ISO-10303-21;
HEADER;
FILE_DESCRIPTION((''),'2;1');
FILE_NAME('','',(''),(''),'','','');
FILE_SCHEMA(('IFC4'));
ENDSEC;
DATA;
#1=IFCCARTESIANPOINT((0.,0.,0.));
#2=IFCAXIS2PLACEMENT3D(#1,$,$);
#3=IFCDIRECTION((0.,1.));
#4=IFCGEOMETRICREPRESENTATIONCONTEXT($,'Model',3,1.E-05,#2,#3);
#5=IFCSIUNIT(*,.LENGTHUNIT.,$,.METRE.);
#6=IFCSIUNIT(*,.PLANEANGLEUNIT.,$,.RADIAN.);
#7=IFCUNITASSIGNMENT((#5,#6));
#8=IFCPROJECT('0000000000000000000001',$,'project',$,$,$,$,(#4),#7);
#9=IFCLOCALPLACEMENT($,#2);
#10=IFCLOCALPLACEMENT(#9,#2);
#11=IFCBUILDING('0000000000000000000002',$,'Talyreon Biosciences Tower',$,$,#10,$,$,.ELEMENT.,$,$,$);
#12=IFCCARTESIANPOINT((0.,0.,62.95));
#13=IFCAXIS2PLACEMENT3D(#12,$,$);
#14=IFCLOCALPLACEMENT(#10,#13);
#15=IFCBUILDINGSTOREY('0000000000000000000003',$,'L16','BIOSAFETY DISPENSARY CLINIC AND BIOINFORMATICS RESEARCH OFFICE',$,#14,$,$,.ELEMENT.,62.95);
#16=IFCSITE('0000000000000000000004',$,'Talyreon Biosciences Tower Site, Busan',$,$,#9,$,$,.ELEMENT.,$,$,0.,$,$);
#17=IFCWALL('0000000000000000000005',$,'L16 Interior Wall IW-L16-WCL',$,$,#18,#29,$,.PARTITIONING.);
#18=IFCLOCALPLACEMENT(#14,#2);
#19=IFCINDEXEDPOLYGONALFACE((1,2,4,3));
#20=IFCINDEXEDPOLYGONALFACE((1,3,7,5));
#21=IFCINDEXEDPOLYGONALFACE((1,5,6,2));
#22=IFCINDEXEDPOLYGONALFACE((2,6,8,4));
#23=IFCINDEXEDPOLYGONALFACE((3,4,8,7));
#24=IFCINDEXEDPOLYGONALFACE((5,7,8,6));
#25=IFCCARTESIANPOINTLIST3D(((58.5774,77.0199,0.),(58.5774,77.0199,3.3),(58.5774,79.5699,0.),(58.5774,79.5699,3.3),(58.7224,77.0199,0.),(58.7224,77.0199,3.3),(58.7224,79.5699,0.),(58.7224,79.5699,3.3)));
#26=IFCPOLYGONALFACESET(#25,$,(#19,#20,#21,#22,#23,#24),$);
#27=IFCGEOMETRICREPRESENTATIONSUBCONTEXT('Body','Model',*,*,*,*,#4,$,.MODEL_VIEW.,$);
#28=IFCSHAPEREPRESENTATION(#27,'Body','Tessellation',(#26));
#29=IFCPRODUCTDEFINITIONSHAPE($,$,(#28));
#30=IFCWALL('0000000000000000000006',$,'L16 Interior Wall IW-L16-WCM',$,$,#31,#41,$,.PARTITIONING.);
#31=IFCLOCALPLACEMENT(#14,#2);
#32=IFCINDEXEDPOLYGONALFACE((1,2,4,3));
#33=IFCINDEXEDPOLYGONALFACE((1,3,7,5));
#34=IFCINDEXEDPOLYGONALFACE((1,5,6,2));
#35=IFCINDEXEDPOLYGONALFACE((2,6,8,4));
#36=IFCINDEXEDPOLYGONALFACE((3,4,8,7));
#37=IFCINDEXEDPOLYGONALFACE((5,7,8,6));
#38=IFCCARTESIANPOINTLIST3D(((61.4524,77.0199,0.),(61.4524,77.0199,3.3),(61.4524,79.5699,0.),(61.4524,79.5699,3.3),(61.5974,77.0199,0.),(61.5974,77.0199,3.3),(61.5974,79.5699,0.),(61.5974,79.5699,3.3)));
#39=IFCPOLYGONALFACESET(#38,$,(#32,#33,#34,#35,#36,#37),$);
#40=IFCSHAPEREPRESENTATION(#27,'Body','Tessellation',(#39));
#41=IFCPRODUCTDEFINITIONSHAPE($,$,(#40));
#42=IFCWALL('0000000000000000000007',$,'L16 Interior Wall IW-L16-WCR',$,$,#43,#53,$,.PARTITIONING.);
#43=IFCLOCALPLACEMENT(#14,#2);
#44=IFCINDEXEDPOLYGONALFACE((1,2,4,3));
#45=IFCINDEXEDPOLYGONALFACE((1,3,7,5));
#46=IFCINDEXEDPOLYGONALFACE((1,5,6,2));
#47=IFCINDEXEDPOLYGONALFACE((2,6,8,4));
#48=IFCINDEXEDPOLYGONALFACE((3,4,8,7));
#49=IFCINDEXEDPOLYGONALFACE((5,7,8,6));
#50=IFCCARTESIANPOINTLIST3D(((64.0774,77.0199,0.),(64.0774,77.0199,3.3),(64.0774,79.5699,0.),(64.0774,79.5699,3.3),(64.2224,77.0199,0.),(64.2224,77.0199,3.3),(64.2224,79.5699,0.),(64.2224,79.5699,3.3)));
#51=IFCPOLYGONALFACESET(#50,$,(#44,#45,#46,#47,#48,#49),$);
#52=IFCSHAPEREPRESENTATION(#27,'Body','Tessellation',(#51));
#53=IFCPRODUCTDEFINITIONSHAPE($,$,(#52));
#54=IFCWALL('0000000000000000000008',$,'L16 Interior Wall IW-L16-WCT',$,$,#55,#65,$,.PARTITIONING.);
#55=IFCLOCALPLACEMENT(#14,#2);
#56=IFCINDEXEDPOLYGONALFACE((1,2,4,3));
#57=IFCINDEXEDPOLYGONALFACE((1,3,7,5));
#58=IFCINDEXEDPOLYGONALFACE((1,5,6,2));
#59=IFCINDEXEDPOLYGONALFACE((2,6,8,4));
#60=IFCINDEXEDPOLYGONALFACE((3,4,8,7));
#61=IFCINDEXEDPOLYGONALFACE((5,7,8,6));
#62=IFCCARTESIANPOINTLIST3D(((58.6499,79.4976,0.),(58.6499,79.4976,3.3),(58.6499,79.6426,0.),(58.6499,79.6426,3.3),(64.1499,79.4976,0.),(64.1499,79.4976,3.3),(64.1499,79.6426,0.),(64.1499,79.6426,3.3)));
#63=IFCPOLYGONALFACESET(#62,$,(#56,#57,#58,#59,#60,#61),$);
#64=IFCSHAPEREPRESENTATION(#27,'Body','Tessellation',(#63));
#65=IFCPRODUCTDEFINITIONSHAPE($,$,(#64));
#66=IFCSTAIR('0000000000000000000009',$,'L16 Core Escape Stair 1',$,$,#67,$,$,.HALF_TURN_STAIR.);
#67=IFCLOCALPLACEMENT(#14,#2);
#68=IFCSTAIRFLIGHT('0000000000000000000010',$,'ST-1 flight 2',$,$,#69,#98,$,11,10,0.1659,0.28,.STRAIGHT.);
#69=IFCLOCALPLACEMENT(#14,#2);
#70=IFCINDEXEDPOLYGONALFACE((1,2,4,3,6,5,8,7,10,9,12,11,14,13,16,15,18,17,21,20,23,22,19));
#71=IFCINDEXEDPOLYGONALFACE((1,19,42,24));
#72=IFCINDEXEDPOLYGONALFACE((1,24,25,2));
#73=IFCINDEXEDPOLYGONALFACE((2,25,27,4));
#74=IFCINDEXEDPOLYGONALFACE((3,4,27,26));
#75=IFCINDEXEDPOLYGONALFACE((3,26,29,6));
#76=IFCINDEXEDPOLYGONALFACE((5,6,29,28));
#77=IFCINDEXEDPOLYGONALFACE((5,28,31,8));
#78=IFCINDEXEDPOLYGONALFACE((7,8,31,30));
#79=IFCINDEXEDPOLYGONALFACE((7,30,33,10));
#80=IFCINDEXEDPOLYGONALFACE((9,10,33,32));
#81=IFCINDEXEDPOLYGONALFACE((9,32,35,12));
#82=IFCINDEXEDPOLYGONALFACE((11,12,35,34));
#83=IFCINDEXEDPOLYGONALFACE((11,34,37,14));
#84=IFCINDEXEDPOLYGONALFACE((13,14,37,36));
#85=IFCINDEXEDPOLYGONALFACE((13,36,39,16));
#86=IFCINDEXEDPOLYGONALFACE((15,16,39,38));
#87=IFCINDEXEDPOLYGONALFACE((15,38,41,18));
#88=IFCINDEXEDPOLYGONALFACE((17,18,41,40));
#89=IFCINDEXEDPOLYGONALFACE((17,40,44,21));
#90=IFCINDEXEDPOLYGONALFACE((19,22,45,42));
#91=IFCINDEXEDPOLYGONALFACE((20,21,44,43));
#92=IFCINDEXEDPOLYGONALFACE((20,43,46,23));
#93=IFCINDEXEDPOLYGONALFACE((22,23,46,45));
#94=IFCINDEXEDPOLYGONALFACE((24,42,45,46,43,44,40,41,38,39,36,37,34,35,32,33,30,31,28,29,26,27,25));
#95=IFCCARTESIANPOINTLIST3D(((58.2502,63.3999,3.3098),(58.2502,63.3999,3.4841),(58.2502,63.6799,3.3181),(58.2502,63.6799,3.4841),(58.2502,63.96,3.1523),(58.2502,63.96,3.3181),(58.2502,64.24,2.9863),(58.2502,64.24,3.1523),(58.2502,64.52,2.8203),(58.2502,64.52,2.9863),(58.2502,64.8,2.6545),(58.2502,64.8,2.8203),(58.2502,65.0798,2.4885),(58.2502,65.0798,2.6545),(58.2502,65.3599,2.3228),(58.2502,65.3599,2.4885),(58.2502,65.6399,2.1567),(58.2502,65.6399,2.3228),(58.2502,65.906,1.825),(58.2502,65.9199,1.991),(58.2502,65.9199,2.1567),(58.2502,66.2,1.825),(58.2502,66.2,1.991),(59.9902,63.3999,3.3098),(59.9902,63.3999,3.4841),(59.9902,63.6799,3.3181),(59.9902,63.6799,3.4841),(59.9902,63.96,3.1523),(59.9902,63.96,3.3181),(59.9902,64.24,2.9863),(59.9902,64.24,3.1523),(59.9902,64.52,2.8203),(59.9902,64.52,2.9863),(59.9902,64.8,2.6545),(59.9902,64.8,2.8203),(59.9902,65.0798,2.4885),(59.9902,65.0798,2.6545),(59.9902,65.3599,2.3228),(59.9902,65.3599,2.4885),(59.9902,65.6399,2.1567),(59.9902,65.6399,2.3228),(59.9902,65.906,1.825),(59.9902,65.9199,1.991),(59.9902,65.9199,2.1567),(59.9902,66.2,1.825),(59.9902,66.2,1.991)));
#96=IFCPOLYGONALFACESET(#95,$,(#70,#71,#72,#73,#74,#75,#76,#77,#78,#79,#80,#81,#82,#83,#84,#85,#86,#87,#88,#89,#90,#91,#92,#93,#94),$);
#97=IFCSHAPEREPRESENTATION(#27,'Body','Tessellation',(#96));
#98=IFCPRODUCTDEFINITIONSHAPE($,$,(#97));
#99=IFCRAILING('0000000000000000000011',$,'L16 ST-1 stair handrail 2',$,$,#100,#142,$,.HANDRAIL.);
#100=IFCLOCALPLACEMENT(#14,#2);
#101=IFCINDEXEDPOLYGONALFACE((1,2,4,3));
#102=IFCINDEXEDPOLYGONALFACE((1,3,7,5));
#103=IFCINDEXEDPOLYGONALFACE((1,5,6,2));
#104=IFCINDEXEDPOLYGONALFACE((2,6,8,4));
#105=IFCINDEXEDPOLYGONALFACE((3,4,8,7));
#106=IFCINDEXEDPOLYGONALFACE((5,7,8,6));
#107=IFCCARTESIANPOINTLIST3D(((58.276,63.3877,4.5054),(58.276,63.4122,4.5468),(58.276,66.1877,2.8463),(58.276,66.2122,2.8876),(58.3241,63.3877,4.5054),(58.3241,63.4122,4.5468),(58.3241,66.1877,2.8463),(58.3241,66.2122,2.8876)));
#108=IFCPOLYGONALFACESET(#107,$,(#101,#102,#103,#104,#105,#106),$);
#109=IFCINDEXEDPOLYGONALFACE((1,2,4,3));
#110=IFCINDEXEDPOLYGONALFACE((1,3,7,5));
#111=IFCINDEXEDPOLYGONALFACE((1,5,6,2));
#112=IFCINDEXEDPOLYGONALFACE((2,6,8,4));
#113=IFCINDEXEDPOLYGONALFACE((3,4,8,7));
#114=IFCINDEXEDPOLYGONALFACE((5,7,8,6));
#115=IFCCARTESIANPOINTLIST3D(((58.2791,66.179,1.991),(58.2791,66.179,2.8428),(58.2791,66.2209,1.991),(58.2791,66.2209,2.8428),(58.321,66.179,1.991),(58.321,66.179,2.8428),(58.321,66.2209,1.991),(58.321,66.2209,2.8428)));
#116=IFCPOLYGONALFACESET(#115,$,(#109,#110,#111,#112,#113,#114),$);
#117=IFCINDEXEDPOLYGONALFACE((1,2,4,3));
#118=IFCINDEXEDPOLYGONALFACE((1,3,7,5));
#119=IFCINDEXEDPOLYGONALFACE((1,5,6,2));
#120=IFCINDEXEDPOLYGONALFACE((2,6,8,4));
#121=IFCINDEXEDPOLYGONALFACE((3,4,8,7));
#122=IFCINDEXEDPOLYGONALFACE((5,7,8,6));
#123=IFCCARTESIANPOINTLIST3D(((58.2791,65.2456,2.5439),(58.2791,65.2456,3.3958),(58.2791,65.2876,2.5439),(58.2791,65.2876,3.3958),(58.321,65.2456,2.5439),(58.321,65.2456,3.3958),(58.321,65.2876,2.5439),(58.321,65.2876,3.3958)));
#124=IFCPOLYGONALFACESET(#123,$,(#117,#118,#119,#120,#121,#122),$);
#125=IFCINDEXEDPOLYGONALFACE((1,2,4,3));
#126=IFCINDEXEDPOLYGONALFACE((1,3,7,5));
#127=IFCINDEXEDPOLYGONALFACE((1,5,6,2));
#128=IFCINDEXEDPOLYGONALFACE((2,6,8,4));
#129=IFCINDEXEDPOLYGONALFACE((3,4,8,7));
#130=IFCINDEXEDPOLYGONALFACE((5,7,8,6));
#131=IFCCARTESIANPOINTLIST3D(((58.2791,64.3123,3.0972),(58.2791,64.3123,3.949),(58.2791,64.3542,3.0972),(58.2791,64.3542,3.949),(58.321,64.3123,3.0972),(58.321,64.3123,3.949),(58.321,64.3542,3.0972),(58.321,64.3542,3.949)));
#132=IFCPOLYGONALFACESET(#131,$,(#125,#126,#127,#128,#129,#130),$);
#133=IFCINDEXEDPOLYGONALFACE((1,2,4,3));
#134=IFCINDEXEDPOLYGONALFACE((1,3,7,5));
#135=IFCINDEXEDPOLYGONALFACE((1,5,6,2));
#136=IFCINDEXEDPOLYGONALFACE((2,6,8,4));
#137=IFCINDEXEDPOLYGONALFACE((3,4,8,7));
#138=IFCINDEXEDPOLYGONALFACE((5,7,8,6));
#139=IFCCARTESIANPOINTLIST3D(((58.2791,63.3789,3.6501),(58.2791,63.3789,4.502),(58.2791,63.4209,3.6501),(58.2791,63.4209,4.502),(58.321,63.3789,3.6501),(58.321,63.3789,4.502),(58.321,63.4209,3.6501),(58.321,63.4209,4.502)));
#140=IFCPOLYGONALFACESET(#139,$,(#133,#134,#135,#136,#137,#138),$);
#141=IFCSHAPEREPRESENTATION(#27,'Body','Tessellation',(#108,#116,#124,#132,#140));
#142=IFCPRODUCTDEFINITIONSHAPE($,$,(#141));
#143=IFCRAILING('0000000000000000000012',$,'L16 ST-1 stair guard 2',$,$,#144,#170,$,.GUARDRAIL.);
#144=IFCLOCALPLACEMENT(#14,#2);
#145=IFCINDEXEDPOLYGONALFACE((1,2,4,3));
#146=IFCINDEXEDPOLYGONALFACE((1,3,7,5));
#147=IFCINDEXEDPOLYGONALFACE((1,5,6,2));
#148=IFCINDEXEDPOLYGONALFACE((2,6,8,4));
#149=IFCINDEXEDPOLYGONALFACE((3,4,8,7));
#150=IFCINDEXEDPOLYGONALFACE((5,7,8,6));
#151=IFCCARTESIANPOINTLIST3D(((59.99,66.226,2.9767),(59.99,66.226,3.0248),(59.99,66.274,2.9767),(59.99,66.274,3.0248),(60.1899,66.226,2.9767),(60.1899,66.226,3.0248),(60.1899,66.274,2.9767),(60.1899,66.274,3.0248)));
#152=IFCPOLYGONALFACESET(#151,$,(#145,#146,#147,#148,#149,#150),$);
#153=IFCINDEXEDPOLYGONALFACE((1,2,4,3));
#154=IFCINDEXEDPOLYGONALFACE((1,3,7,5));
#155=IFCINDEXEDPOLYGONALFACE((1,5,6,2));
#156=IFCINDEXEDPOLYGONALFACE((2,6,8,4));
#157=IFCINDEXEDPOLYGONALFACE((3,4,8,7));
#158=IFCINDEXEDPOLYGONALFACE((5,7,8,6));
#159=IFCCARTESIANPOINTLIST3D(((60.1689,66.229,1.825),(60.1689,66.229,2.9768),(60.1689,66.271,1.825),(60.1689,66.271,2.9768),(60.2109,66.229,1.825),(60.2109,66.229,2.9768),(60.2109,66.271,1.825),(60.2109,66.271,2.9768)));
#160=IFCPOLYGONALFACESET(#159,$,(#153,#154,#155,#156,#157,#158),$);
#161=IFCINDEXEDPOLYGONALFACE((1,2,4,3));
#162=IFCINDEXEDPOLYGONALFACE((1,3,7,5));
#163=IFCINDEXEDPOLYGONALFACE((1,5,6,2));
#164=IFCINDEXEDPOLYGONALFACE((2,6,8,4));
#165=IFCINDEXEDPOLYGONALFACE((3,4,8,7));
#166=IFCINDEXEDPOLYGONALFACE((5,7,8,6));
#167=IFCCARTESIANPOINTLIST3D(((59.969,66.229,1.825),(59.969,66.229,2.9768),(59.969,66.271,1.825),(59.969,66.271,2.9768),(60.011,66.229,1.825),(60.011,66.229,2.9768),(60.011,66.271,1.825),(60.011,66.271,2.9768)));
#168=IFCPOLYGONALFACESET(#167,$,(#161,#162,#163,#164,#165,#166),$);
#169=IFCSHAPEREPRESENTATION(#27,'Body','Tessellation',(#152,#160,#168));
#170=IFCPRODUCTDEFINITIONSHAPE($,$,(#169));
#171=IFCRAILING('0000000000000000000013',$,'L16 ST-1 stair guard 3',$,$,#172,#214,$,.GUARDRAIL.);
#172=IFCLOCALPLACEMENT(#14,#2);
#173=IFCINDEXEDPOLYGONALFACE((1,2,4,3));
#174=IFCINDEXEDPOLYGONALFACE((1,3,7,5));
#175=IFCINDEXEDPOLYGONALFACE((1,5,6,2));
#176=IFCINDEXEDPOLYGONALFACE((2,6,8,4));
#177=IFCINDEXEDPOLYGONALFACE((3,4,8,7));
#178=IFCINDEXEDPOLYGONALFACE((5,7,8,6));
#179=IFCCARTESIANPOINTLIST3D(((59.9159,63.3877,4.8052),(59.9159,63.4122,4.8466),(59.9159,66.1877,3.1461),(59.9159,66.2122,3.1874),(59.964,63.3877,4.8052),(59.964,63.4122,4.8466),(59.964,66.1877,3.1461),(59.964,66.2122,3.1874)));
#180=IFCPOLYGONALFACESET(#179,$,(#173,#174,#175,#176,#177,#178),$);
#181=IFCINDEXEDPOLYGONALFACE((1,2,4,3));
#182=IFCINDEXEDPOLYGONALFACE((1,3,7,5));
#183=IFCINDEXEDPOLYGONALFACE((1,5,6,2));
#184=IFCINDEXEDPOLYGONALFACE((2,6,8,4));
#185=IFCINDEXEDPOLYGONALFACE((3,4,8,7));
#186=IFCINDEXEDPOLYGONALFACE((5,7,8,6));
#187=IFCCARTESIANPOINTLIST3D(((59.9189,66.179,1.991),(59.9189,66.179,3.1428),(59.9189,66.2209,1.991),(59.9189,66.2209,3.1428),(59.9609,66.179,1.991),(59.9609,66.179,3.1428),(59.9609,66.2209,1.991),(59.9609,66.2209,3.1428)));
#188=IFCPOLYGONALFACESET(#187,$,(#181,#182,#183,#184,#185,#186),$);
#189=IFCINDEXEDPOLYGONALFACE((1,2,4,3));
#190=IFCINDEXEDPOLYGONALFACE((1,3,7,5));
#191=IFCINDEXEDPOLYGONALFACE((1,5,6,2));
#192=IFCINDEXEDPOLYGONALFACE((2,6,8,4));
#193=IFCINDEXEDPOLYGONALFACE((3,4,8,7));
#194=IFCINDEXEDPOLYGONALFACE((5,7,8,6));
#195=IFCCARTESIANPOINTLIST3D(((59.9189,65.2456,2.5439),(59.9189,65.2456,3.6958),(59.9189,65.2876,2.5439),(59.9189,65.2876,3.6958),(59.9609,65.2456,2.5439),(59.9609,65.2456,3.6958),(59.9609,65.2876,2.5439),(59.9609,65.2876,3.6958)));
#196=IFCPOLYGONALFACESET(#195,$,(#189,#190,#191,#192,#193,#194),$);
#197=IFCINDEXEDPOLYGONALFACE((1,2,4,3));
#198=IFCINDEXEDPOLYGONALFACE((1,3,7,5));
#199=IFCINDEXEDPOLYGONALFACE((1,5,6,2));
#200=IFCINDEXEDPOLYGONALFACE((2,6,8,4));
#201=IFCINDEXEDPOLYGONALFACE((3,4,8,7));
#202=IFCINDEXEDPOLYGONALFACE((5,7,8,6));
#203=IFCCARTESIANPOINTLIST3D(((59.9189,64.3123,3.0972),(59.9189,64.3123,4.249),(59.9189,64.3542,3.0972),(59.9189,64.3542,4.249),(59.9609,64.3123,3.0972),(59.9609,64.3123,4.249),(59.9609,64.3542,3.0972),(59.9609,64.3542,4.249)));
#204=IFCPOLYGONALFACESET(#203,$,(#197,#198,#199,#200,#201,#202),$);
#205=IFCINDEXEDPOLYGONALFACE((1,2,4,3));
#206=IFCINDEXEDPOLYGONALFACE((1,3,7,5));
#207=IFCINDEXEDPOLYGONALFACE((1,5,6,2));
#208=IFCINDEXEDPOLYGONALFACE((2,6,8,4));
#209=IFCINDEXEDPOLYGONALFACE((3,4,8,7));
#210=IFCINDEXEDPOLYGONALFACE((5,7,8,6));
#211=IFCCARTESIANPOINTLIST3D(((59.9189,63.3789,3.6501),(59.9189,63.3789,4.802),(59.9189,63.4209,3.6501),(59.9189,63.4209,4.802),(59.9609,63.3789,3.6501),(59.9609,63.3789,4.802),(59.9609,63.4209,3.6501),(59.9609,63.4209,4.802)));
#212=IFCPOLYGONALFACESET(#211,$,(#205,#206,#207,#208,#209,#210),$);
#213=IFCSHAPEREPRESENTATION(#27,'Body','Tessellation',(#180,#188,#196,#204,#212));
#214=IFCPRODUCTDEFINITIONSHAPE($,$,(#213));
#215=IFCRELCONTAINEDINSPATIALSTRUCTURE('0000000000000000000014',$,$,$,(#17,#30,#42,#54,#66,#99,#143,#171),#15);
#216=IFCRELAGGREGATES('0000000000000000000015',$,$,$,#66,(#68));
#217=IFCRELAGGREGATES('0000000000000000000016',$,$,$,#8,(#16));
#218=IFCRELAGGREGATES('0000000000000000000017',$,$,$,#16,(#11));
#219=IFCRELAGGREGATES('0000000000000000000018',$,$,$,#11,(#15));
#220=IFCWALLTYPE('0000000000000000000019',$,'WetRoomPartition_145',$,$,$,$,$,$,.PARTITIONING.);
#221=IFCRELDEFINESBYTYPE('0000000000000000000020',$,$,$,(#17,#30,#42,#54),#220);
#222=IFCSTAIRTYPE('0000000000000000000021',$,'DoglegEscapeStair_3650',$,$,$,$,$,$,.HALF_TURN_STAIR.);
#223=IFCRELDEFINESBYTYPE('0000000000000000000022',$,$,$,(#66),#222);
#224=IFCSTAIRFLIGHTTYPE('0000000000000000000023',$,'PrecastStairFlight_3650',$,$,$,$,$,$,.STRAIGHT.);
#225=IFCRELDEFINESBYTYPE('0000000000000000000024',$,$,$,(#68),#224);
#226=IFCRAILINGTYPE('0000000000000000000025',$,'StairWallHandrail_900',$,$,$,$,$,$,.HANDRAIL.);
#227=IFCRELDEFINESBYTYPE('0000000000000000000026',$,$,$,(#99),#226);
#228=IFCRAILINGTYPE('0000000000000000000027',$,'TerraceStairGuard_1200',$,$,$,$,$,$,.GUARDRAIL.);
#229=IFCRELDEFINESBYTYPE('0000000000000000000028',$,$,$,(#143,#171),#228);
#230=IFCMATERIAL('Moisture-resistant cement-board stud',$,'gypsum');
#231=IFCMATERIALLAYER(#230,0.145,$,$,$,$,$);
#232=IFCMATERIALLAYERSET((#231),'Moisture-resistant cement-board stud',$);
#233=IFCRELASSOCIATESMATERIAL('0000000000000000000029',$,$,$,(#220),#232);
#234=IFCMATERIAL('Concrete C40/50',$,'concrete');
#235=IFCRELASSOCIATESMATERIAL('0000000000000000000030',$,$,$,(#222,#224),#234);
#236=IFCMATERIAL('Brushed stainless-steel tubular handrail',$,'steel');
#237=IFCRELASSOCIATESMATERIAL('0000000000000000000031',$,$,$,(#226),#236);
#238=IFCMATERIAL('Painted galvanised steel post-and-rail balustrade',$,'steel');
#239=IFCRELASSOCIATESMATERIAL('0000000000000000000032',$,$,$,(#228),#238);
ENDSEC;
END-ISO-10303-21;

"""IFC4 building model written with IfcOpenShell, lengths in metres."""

from ifc_helpers import new_model, si_unit, direction, frame, frame_2d, origin, origin_2d, place, context, subcontext, project, spatial, polyline, rectangle, outline, extrude, material, layer, layer_set, type_object, element, aggregate, save


model = new_model("IFC4")

# Units and contexts
model_context = context("Model", 3, precision=1e-05, world=origin(), true_north=direction((0.0, 1.0)))
body_context = subcontext(model_context, "Body", "Model", "MODEL_VIEW")
ifc_project = project(units=[si_unit("LENGTHUNIT", "METRE"), si_unit("PLANEANGLEUNIT", "RADIAN")], contexts=[model_context])

# Site, building, storey
site_placement = place(None, origin())
site = spatial("IfcSite", under=ifc_project, at=site_placement, Name="Talyreon Biosciences Tower Site, Busan", CompositionType="ELEMENT", RefElevation=0.0)
building_placement = place(site_placement, origin())
building = spatial("IfcBuilding", under=site, at=building_placement, Name="Talyreon Biosciences Tower", CompositionType="ELEMENT")
storey_placement = place(building_placement, frame((0.0, 0.0, 62.95)))
storey = spatial("IfcBuildingStorey", under=building, at=storey_placement, Name="L16", Description="BIOSAFETY DISPENSARY CLINIC AND BIOINFORMATICS RESEARCH OFFICE", CompositionType="ELEMENT", Elevation=62.95)

# Walls
ifc_material_1 = material(Name="Moisture-resistant cement-board stud", Category="gypsum")
ifc_layer_1 = layer(ifc_material_1, 0.145)
ifc_layer_set_1 = layer_set([ifc_layer_1], Name="Moisture-resistant cement-board stud")
wall_type_1 = type_object("IfcWallType", Name="WetRoomPartition_145", PredefinedType="PARTITIONING", material=ifc_layer_set_1)
for number, where, z_axis, x_axis, name in (
    (1, (58.6499, 77.02, 0.0), (0.0, 0.0, 1.0), (0.0, 1.0, 0.0), "L16 Interior Wall IW-L16-WCL"),
    (2, (61.5249, 77.02, 0.0), (0.0, 0.0, 1.0), (0.0, 1.0, 0.0), "L16 Interior Wall IW-L16-WCM"),
    (3, (64.1499, 77.02, 0.0), (0.0, 0.0, 1.0), (0.0, 1.0, 0.0), "L16 Interior Wall IW-L16-WCR"),
):
    element("IfcWall", number, at=place(storey_placement, frame(where, z_axis=z_axis, x_axis=x_axis)), inside=storey, type_object=wall_type_1, Name=name, PredefinedType="PARTITIONING", context=body_context, shape_type="SweptSolid", body=[
        extrude(rectangle(XDim=2.55, YDim=0.145, at=frame_2d((1.2749, 0.0))), origin(), (0.0, 0.0, 1.0), 3.3),
    ])
wall_1_placement = place(storey_placement, frame((58.6499, 79.5701, 0.0), z_axis=(0.0, 0.0, 1.0), x_axis=(1.0, 0.0, 0.0)))
element("IfcWall", 4, at=wall_1_placement, inside=storey, type_object=wall_type_1, Name="L16 Interior Wall IW-L16-WCT", PredefinedType="PARTITIONING", context=body_context, shape_type="SweptSolid", body=[
    extrude(rectangle(XDim=5.5, YDim=0.145, at=frame_2d((2.75, 0.0))), origin(), (0.0, 0.0, 1.0), 3.3),
])

# Stair, stair flight
ifc_material_2 = material(Name="Concrete C40/50", Category="concrete")
stair_type = type_object("IfcStairType", Name="DoglegEscapeStair_3650", PredefinedType="HALF_TURN_STAIR", material=ifc_material_2)
stair_placement = place(storey_placement, origin())
stair = element("IfcStair", 5, at=stair_placement, inside=storey, type_object=stair_type, Name="L16 Core Escape Stair 1", PredefinedType="HALF_TURN_STAIR")
stair_flight_type = type_object("IfcStairFlightType", Name="PrecastStairFlight_3650", PredefinedType="STRAIGHT", material=ifc_material_2)
stair_flight_placement = place(storey_placement, frame((59.1201, 66.2, 1.825), z_axis=(0.0, 0.0, 1.0), x_axis=(0.0, -1.0, 0.0)))
stair_flight = element("IfcStairFlight", 6, at=stair_flight_placement, type_object=stair_flight_type, Name="ST-1 flight 2", NumberOfRisers=11, NumberOfTreads=10, PredefinedType="STRAIGHT", RiserHeight=0.1659, TreadLength=0.28, context=body_context, shape_type="SweptSolid", body=[
    extrude(outline(polyline([(0.0, 0.0), (0.0, 0.166), (0.28, 0.166), (0.28, 0.3318), (0.5601, 0.3318), (0.5601, 0.4978), (0.8401, 0.4978), (0.8401, 0.6636), (1.1201, 0.6636), (1.1201, 0.8296), (1.3999, 0.8296), (1.3999, 0.9954), (1.6799, 0.9954), (1.6799, 1.1614), (1.96, 1.1614), (1.96, 1.3274), (2.24, 1.3274), (2.24, 1.4932), (2.52, 1.4932), (2.52, 1.6592), (2.8, 1.6592), (2.8, 1.825), (2.8, 1.4849), (0.2939, 0.0), (0.0, 0.0)])), frame((0.0, 0.8701, 0.0), z_axis=(0.0, -1.0, 0.0), x_axis=(1.0, 0.0, 0.0)), (0.0, 0.0, 1.0), 1.74),
])
aggregate(stair, [stair_flight])

# Railings
ifc_material_3 = material(Name="Brushed stainless-steel tubular handrail", Category="steel")
railing_type_1 = type_object("IfcRailingType", Name="StairWallHandrail_900", PredefinedType="HANDRAIL", material=ifc_material_3)
railing_1_placement = place(storey_placement, frame((58.3, 66.2, 1.991)))
element("IfcRailing", 7, at=railing_1_placement, inside=storey, type_object=railing_type_1, Name="L16 ST-1 stair handrail 2", PredefinedType="HANDRAIL", context=body_context, shape_type="SweptSolid", body=[
    extrude(rectangle(XDim=0.0481, YDim=0.0481, at=origin_2d()), frame((0.0, 0.0, 0.876), z_axis=(0.0, -0.860306, 0.509778), x_axis=(1.0, 0.0, 0.0)), (0.0, 0.0, 1.0), 3.2546),
    extrude(rectangle(XDim=0.042, YDim=0.042, at=origin_2d()), origin(), (0.0, 0.0, 1.0), 0.8518),
    extrude(rectangle(XDim=0.042, YDim=0.042, at=origin_2d()), frame((0.0, -0.9333, 0.553)), (0.0, 0.0, 1.0), 0.8518),
    extrude(rectangle(XDim=0.042, YDim=0.042, at=origin_2d()), frame((0.0, -1.8667, 1.1062)), (0.0, 0.0, 1.0), 0.8518),
    extrude(rectangle(XDim=0.042, YDim=0.042, at=origin_2d()), frame((0.0, -2.8, 1.6592)), (0.0, 0.0, 1.0), 0.8518),
])
ifc_material_4 = material(Name="Painted galvanised steel post-and-rail balustrade", Category="steel")
railing_type_2 = type_object("IfcRailingType", Name="TerraceStairGuard_1200", PredefinedType="GUARDRAIL", material=ifc_material_4)
railing_2_placement = place(storey_placement, frame((60.1899, 66.25, 1.825)))
element("IfcRailing", 8, at=railing_2_placement, inside=storey, type_object=railing_type_2, Name="L16 ST-1 stair guard 2", PredefinedType="GUARDRAIL", context=body_context, shape_type="SweptSolid", body=[
    extrude(rectangle(XDim=0.0481, YDim=0.0481, at=origin_2d()), frame((0.0, 0.0, 1.1758), z_axis=(-1.0, 0.0, 0.0), x_axis=(0.0, -1.0, 0.0)), (0.0, 0.0, 1.0), 0.2),
    extrude(rectangle(XDim=0.042, YDim=0.042, at=origin_2d()), origin(), (0.0, 0.0, 1.0), 1.1519),
    extrude(rectangle(XDim=0.042, YDim=0.042, at=origin_2d()), frame((-0.2, 0.0, 0.0)), (0.0, 0.0, 1.0), 1.1519),
])
railing_3_placement = place(storey_placement, frame((59.9399, 66.2, 1.991)))
element("IfcRailing", 9, at=railing_3_placement, inside=storey, type_object=railing_type_2, Name="L16 ST-1 stair guard 3", PredefinedType="GUARDRAIL", context=body_context, shape_type="SweptSolid", body=[
    extrude(rectangle(XDim=0.0481, YDim=0.0481, at=origin_2d()), frame((0.0, 0.0, 1.1758), z_axis=(0.0, -0.860306, 0.509778), x_axis=(1.0, 0.0, 0.0)), (0.0, 0.0, 1.0), 3.2546),
    extrude(rectangle(XDim=0.042, YDim=0.042, at=origin_2d()), origin(), (0.0, 0.0, 1.0), 1.1519),
    extrude(rectangle(XDim=0.042, YDim=0.042, at=origin_2d()), frame((0.0, -0.9333, 0.553)), (0.0, 0.0, 1.0), 1.1519),
    extrude(rectangle(XDim=0.042, YDim=0.042, at=origin_2d()), frame((0.0, -1.8667, 1.1062)), (0.0, 0.0, 1.0), 1.1519),
    extrude(rectangle(XDim=0.042, YDim=0.042, at=origin_2d()), frame((0.0, -2.8, 1.6592)), (0.0, 0.0, 1.0), 1.1519),
])

save(model, "model.ifc")
